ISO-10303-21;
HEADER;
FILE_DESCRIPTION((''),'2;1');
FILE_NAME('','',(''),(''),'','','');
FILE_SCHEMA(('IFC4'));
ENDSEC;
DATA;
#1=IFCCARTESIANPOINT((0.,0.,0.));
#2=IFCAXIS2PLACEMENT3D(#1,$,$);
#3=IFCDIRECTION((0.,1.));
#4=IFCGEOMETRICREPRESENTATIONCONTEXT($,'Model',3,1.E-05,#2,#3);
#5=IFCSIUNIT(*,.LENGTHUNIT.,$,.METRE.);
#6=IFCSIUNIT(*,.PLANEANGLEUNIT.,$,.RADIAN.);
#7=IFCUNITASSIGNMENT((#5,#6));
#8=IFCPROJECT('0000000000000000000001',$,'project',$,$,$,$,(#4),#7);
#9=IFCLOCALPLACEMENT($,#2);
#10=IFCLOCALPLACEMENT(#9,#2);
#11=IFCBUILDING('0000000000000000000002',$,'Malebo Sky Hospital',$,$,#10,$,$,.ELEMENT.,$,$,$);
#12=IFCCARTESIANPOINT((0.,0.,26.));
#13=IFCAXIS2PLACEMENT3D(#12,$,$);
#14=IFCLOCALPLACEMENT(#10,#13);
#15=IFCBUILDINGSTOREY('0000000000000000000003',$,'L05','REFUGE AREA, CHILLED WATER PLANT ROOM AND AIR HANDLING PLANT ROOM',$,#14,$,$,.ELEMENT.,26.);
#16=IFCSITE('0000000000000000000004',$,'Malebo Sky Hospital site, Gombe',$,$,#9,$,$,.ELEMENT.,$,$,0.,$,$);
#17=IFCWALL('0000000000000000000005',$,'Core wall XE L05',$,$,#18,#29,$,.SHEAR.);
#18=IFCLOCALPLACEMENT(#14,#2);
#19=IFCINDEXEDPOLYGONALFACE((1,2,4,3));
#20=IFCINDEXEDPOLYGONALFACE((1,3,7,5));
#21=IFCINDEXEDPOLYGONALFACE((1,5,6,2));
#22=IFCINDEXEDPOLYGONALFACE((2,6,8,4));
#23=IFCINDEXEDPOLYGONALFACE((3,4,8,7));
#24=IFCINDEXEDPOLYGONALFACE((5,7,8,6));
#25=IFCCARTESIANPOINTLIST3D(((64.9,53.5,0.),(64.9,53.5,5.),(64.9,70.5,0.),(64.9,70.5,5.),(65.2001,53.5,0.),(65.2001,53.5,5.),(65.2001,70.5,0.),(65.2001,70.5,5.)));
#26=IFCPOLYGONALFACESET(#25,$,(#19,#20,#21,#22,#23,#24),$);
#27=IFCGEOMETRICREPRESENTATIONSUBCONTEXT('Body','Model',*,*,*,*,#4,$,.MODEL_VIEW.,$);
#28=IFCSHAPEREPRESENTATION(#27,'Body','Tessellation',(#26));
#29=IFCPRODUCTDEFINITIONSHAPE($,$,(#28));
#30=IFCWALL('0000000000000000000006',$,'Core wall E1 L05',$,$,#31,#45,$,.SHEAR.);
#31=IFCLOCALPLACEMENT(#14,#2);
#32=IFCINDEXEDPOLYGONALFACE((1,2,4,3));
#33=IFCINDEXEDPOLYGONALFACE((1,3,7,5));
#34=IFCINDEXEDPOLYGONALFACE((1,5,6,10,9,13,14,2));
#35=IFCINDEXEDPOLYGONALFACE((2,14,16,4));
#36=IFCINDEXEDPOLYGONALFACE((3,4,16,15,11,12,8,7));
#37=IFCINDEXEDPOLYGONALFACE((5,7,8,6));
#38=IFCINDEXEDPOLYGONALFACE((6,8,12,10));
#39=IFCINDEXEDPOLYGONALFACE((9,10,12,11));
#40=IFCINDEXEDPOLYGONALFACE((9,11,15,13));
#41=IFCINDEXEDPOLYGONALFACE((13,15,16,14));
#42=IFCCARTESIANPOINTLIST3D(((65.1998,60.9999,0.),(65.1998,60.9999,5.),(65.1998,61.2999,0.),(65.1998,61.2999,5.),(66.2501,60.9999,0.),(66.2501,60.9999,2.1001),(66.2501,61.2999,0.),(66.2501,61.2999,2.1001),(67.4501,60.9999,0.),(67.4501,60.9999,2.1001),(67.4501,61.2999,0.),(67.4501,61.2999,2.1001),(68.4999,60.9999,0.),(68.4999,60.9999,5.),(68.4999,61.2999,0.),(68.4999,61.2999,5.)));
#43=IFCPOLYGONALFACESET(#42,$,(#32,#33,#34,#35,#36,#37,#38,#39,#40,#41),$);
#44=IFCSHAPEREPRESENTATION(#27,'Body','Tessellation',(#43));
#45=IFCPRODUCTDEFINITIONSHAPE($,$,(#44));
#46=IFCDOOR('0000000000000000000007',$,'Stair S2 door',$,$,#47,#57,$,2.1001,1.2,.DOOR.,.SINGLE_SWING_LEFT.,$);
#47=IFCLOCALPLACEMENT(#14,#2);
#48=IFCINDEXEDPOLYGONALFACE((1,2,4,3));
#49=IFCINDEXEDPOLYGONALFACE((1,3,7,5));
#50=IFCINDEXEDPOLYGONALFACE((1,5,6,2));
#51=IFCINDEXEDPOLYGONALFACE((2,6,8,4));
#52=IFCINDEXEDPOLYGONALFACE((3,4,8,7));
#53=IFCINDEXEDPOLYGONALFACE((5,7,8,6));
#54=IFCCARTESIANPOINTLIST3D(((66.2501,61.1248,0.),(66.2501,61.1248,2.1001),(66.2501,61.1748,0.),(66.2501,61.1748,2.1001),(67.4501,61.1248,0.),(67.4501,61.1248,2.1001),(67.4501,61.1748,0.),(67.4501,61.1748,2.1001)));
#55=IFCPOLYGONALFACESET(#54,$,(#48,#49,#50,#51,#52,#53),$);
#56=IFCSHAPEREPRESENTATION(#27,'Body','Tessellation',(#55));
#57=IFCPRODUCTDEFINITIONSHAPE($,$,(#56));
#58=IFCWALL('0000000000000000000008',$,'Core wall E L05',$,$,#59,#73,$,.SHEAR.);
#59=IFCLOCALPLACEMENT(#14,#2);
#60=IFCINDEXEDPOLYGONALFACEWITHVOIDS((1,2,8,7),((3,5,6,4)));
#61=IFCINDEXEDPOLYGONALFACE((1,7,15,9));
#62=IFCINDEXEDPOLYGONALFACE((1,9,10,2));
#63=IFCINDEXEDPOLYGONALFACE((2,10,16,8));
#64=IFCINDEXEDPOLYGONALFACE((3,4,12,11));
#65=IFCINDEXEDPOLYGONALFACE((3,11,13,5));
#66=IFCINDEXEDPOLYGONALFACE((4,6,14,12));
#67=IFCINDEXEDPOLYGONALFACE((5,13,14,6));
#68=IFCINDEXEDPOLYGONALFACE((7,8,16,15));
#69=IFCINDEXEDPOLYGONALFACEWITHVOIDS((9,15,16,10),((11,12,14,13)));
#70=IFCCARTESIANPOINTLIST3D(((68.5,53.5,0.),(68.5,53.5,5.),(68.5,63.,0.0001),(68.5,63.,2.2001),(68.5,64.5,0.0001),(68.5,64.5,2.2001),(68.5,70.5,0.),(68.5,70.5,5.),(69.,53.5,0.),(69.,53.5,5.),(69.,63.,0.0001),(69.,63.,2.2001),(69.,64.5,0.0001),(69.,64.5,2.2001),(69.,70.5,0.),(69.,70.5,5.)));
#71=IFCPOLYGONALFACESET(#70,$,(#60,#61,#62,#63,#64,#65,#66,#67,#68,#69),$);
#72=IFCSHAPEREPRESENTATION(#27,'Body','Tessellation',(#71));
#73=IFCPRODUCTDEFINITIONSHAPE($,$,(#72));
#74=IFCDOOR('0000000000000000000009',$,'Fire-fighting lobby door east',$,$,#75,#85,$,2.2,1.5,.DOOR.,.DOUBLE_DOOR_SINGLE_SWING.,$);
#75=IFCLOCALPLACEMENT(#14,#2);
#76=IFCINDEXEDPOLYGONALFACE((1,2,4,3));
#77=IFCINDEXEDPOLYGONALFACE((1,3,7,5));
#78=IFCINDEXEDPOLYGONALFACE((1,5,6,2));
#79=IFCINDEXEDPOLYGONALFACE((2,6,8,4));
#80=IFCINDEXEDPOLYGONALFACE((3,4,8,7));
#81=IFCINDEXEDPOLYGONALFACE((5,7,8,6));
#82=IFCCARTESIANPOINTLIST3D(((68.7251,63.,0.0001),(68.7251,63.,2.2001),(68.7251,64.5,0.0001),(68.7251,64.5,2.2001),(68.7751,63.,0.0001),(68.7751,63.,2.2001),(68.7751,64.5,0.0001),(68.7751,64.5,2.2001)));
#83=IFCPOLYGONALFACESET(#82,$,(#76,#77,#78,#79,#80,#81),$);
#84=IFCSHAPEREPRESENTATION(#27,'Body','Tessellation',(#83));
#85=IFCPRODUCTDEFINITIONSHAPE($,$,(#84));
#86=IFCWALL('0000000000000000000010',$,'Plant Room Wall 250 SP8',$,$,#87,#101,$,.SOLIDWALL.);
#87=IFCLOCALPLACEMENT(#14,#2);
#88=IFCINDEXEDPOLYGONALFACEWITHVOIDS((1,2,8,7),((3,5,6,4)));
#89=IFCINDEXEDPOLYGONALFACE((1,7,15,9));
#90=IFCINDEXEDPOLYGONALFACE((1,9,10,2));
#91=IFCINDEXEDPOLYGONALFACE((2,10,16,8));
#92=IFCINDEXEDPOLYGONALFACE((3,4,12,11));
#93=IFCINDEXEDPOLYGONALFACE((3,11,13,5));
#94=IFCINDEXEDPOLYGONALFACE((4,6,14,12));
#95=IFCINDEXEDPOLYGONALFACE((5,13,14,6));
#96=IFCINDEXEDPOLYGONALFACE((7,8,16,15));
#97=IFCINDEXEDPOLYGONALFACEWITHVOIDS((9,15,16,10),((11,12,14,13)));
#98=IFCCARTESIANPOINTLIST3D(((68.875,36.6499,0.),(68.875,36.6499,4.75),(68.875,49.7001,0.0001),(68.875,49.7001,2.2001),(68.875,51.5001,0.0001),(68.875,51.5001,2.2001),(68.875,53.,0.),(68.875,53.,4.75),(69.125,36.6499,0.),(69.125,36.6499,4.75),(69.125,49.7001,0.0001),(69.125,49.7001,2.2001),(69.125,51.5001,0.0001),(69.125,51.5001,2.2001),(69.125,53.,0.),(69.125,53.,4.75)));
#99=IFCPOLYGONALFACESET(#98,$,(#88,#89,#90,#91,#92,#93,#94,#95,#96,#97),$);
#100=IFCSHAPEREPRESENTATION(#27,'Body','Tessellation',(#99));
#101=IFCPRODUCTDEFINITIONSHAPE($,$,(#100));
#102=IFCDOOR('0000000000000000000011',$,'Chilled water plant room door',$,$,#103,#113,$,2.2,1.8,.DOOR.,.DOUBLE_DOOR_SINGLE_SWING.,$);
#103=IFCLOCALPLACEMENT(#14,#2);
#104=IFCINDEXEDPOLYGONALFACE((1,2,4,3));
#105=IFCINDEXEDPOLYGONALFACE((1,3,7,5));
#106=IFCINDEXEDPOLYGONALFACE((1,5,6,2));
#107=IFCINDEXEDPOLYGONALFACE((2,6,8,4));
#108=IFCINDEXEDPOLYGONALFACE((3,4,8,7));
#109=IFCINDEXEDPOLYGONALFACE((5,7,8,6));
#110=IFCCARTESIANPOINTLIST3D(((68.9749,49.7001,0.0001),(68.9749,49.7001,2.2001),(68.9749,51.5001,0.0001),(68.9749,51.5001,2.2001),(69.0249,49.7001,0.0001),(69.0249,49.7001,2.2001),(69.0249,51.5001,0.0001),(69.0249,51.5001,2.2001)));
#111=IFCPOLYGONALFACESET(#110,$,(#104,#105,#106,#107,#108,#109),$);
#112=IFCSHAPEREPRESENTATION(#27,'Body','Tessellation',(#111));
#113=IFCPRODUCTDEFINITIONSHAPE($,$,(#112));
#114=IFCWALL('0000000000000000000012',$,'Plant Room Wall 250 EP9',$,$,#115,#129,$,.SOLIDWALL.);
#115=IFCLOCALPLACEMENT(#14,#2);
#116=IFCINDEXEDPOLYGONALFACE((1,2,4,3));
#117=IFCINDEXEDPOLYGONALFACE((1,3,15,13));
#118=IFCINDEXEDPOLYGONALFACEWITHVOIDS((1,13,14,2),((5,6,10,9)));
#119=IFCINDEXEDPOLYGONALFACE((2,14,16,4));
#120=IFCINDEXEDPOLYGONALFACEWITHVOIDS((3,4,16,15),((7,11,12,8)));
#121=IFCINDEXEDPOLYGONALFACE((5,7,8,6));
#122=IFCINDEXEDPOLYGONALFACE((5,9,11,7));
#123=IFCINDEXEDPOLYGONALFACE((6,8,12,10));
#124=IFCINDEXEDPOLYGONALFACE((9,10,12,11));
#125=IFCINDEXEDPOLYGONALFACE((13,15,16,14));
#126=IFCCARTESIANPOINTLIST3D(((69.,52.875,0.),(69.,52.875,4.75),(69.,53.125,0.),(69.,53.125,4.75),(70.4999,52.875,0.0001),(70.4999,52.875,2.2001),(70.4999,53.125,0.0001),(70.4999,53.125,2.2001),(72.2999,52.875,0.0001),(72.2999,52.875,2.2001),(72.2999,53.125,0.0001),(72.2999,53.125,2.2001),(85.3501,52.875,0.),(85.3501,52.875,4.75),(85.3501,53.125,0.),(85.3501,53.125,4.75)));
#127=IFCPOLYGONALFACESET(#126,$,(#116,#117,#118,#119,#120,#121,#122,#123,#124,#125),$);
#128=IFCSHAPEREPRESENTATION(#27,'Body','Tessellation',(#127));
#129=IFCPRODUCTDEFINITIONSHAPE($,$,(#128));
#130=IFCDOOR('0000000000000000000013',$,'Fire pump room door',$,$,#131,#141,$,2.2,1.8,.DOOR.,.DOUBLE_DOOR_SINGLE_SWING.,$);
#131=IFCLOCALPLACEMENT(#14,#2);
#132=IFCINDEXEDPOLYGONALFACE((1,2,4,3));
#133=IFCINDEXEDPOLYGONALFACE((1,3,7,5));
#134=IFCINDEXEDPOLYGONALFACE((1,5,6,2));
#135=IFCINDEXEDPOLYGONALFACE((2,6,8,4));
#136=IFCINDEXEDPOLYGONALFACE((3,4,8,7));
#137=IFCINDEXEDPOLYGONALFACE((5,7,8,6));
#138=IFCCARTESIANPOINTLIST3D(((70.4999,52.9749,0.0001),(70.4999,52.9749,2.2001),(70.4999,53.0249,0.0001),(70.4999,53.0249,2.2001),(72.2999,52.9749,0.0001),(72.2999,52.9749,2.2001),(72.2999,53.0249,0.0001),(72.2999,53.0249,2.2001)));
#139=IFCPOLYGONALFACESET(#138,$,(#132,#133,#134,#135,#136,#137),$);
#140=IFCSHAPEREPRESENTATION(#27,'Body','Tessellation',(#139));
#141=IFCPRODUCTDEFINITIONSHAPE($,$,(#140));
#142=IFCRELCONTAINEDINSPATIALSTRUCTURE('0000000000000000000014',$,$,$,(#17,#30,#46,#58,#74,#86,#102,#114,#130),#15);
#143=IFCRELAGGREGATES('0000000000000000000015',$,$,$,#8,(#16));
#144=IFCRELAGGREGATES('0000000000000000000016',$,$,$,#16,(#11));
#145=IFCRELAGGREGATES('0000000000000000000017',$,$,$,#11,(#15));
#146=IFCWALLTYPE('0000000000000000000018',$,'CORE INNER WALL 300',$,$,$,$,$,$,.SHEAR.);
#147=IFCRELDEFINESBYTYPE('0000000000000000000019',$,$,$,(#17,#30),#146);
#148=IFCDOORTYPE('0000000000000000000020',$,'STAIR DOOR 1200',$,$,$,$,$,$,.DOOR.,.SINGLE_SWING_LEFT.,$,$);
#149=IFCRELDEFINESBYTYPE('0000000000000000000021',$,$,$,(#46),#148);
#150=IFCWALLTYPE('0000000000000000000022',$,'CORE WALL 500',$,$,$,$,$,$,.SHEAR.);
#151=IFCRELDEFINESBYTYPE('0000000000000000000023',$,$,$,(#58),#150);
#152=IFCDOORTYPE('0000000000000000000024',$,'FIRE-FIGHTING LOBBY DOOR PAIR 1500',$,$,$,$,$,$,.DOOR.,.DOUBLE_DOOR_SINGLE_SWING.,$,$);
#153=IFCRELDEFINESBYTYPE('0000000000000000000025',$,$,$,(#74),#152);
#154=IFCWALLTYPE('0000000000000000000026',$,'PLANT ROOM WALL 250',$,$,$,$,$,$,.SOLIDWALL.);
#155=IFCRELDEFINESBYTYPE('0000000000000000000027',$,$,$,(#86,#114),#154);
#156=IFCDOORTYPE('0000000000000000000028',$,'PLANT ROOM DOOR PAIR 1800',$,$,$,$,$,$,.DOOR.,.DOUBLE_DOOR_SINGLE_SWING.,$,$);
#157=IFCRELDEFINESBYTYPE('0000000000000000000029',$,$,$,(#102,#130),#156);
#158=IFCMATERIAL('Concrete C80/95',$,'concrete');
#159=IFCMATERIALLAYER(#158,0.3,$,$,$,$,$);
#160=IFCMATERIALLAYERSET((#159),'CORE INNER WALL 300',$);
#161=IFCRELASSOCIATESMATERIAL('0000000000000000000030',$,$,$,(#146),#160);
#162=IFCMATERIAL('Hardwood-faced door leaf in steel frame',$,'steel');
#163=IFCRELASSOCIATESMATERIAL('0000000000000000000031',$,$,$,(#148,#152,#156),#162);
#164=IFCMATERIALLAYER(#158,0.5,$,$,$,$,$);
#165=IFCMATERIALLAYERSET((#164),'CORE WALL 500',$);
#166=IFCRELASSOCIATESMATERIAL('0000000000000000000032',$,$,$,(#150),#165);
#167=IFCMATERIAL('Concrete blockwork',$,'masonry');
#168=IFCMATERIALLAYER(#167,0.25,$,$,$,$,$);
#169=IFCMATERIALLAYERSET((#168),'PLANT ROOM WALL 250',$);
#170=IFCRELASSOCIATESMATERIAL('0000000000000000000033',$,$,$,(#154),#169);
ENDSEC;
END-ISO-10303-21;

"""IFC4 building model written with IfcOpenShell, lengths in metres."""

from ifc_helpers import new_model, si_unit, direction, frame, frame_2d, origin, place, context, subcontext, project, spatial, rectangle, extrude, material, layer, layer_set, type_object, element, fill, save


model = new_model("IFC4")

# Units and contexts
model_context = context("Model", 3, precision=1e-05, world=origin(), true_north=direction((0.0, 1.0)))
body_context = subcontext(model_context, "Body", "Model", "MODEL_VIEW")
ifc_project = project(units=[si_unit("LENGTHUNIT", "METRE"), si_unit("PLANEANGLEUNIT", "RADIAN")], contexts=[model_context])

# Site, building, storey
site_placement = place(None, origin())
site = spatial("IfcSite", under=ifc_project, at=site_placement, Name="Malebo Sky Hospital site, Gombe", CompositionType="ELEMENT", RefElevation=0.0)
building_placement = place(site_placement, origin())
building = spatial("IfcBuilding", under=site, at=building_placement, Name="Malebo Sky Hospital", CompositionType="ELEMENT")
storey_placement = place(building_placement, frame((0.0, 0.0, 26.0)))
storey = spatial("IfcBuildingStorey", under=building, at=storey_placement, Name="L05", Description="REFUGE AREA, CHILLED WATER PLANT ROOM AND AIR HANDLING PLANT ROOM", CompositionType="ELEMENT", Elevation=26.0)

# Wall
ifc_material_1 = material(Name="Concrete C80/95", Category="concrete")
ifc_layer_1 = layer(ifc_material_1, 0.3)
ifc_layer_set_1 = layer_set([ifc_layer_1], Name="CORE INNER WALL 300")
wall_type_1 = type_object("IfcWallType", Name="CORE INNER WALL 300", PredefinedType="SHEAR", material=ifc_layer_set_1)
wall_1_placement = place(storey_placement, frame((65.05, 53.5, 0.0), z_axis=(0.0, 0.0, 1.0), x_axis=(0.0, 1.0, 0.0)))
element("IfcWall", 1, at=wall_1_placement, inside=storey, type_object=wall_type_1, Name="Core wall XE L05", PredefinedType="SHEAR", context=body_context, shape_type="SweptSolid", body=[
    extrude(rectangle(XDim=17.0, YDim=0.3, at=frame_2d((8.5, 0.0))), origin(), (0.0, 0.0, 1.0), 5.0),
])

# Walls, openings, doors
wall_2_placement = place(storey_placement, frame((65.2, 61.1499, 0.0), z_axis=(0.0, 0.0, 1.0), x_axis=(1.0, 0.0, 0.0)))
wall_2 = element("IfcWall", 2, at=wall_2_placement, inside=storey, type_object=wall_type_1, Name="Core wall E1 L05", PredefinedType="SHEAR", context=body_context, shape_type="SweptSolid", body=[
    extrude(rectangle(XDim=3.3, YDim=0.3, at=frame_2d((1.6499, 0.0))), origin(), (0.0, 0.0, 1.0), 5.0),
])
opening_1_placement = place(wall_2_placement, frame((1.05, 0.0, 0.0)))
opening_1 = element("IfcOpeningElement", 3, at=opening_1_placement, cuts=wall_2, PredefinedType="OPENING", context=body_context, shape_type="SweptSolid", body=[
    extrude(rectangle(XDim=1.2, YDim=2.1001, at=frame_2d((0.6001, 1.05))), frame((0.0, 0.1599, 0.0), z_axis=(0.0, -1.0, 0.0), x_axis=(1.0, 0.0, 0.0)), (0.0, 0.0, 1.0), 0.3201),
])
ifc_material_2 = material(Name="Hardwood-faced door leaf in steel frame", Category="steel")
door_type_1 = type_object("IfcDoorType", Name="STAIR DOOR 1200", OperationType="SINGLE_SWING_LEFT", PredefinedType="DOOR", material=ifc_material_2)
door_1_placement = place(opening_1_placement, origin())
door_1 = element("IfcDoor", 4, at=door_1_placement, inside=storey, type_object=door_type_1, Name="Stair S2 door", OperationType="SINGLE_SWING_LEFT", OverallHeight=2.1001, OverallWidth=1.2, PredefinedType="DOOR", context=body_context, shape_type="SweptSolid", body=[
    extrude(rectangle(XDim=1.2, YDim=2.1001, at=frame_2d((0.6001, 1.05))), frame((0.0, 0.0249, 0.0), z_axis=(0.0, -1.0, 0.0), x_axis=(1.0, 0.0, 0.0)), (0.0, 0.0, 1.0), 0.05),
])
fill(opening_1, door_1)
ifc_layer_2 = layer(ifc_material_1, 0.5)
ifc_layer_set_2 = layer_set([ifc_layer_2], Name="CORE WALL 500")
wall_type_2 = type_object("IfcWallType", Name="CORE WALL 500", PredefinedType="SHEAR", material=ifc_layer_set_2)
wall_3_placement = place(storey_placement, frame((68.75, 53.5, 0.0), z_axis=(0.0, 0.0, 1.0), x_axis=(0.0, 1.0, 0.0)))
wall_3 = element("IfcWall", 5, at=wall_3_placement, inside=storey, type_object=wall_type_2, Name="Core wall E L05", PredefinedType="SHEAR", context=body_context, shape_type="SweptSolid", body=[
    extrude(rectangle(XDim=17.0, YDim=0.5, at=frame_2d((8.5, 0.0))), origin(), (0.0, 0.0, 1.0), 5.0),
])
opening_2_placement = place(wall_3_placement, frame((9.5, 0.0, 0.0)))
opening_2 = element("IfcOpeningElement", 6, at=opening_2_placement, cuts=wall_3, PredefinedType="OPENING", context=body_context, shape_type="SweptSolid", body=[
    extrude(rectangle(XDim=1.5, YDim=2.2, at=frame_2d((0.75, 1.1001))), frame((0.0, 0.26, 0.0), z_axis=(0.0, -1.0, 0.0), x_axis=(1.0, 0.0, 0.0)), (0.0, 0.0, 1.0), 0.52),
])
door_type_2 = type_object("IfcDoorType", Name="FIRE-FIGHTING LOBBY DOOR PAIR 1500", OperationType="DOUBLE_DOOR_SINGLE_SWING", PredefinedType="DOOR", material=ifc_material_2)
door_2_placement = place(opening_2_placement, origin())
door_2 = element("IfcDoor", 7, at=door_2_placement, inside=storey, type_object=door_type_2, Name="Fire-fighting lobby door east", OperationType="DOUBLE_DOOR_SINGLE_SWING", OverallHeight=2.2, OverallWidth=1.5, PredefinedType="DOOR", context=body_context, shape_type="SweptSolid", body=[
    extrude(rectangle(XDim=1.5, YDim=2.2, at=frame_2d((0.75, 1.1001))), frame((0.0, 0.0249, 0.0), z_axis=(0.0, -1.0, 0.0), x_axis=(1.0, 0.0, 0.0)), (0.0, 0.0, 1.0), 0.05),
])
fill(opening_2, door_2)
ifc_material_3 = material(Name="Concrete blockwork", Category="masonry")
ifc_layer_3 = layer(ifc_material_3, 0.25)
ifc_layer_set_3 = layer_set([ifc_layer_3], Name="PLANT ROOM WALL 250")
wall_type_3 = type_object("IfcWallType", Name="PLANT ROOM WALL 250", PredefinedType="SOLIDWALL", material=ifc_layer_set_3)
wall_4_placement = place(storey_placement, frame((69.0, 53.0, 0.0), z_axis=(0.0, 0.0, 1.0), x_axis=(0.0, -1.0, 0.0)))
wall_4 = element("IfcWall", 8, at=wall_4_placement, inside=storey, type_object=wall_type_3, Name="Plant Room Wall 250 SP8", PredefinedType="SOLIDWALL", context=body_context, shape_type="SweptSolid", body=[
    extrude(rectangle(XDim=16.3501, YDim=0.25, at=frame_2d((8.175, 0.0))), origin(), (0.0, 0.0, 1.0), 4.75),
])
opening_3_placement = place(wall_4_placement, frame((1.5, 0.0, 0.0)))
opening_3 = element("IfcOpeningElement", 9, at=opening_3_placement, cuts=wall_4, PredefinedType="OPENING", context=body_context, shape_type="SweptSolid", body=[
    extrude(rectangle(XDim=1.8, YDim=2.2, at=frame_2d((0.8999, 1.1001))), frame((0.0, 0.135, 0.0), z_axis=(0.0, -1.0, 0.0), x_axis=(1.0, 0.0, 0.0)), (0.0, 0.0, 1.0), 0.27),
])
door_type_3 = type_object("IfcDoorType", Name="PLANT ROOM DOOR PAIR 1800", OperationType="DOUBLE_DOOR_SINGLE_SWING", PredefinedType="DOOR", material=ifc_material_2)
door_3_placement = place(opening_3_placement, origin())
door_3 = element("IfcDoor", 10, at=door_3_placement, inside=storey, type_object=door_type_3, Name="Chilled water plant room door", OperationType="DOUBLE_DOOR_SINGLE_SWING", OverallHeight=2.2, OverallWidth=1.8, PredefinedType="DOOR", context=body_context, shape_type="SweptSolid", body=[
    extrude(rectangle(XDim=1.8, YDim=2.2, at=frame_2d((0.8999, 1.1001))), frame((0.0, 0.0249, 0.0), z_axis=(0.0, -1.0, 0.0), x_axis=(1.0, 0.0, 0.0)), (0.0, 0.0, 1.0), 0.05),
])
fill(opening_3, door_3)
wall_5_placement = place(storey_placement, frame((69.0, 53.0, 0.0), z_axis=(0.0, 0.0, 1.0), x_axis=(1.0, 0.0, 0.0)))
wall_5 = element("IfcWall", 11, at=wall_5_placement, inside=storey, type_object=wall_type_3, Name="Plant Room Wall 250 EP9", PredefinedType="SOLIDWALL", context=body_context, shape_type="SweptSolid", body=[
    extrude(rectangle(XDim=16.3501, YDim=0.25, at=frame_2d((8.175, 0.0))), origin(), (0.0, 0.0, 1.0), 4.75),
])
opening_4_placement = place(wall_5_placement, frame((1.5, 0.0, 0.0)))
opening_4 = element("IfcOpeningElement", 12, at=opening_4_placement, cuts=wall_5, PredefinedType="OPENING", context=body_context, shape_type="SweptSolid", body=[
    extrude(rectangle(XDim=1.8, YDim=2.2, at=frame_2d((0.8999, 1.1001))), frame((0.0, 0.135, 0.0), z_axis=(0.0, -1.0, 0.0), x_axis=(1.0, 0.0, 0.0)), (0.0, 0.0, 1.0), 0.27),
])
door_4_placement = place(opening_4_placement, origin())
door_4 = element("IfcDoor", 13, at=door_4_placement, inside=storey, type_object=door_type_3, Name="Fire pump room door", OperationType="DOUBLE_DOOR_SINGLE_SWING", OverallHeight=2.2, OverallWidth=1.8, PredefinedType="DOOR", context=body_context, shape_type="SweptSolid", body=[
    extrude(rectangle(XDim=1.8, YDim=2.2, at=frame_2d((0.8999, 1.1001))), frame((0.0, 0.0249, 0.0), z_axis=(0.0, -1.0, 0.0), x_axis=(1.0, 0.0, 0.0)), (0.0, 0.0, 1.0), 0.05),
])
fill(opening_4, door_4)

save(model, "model.ifc")
